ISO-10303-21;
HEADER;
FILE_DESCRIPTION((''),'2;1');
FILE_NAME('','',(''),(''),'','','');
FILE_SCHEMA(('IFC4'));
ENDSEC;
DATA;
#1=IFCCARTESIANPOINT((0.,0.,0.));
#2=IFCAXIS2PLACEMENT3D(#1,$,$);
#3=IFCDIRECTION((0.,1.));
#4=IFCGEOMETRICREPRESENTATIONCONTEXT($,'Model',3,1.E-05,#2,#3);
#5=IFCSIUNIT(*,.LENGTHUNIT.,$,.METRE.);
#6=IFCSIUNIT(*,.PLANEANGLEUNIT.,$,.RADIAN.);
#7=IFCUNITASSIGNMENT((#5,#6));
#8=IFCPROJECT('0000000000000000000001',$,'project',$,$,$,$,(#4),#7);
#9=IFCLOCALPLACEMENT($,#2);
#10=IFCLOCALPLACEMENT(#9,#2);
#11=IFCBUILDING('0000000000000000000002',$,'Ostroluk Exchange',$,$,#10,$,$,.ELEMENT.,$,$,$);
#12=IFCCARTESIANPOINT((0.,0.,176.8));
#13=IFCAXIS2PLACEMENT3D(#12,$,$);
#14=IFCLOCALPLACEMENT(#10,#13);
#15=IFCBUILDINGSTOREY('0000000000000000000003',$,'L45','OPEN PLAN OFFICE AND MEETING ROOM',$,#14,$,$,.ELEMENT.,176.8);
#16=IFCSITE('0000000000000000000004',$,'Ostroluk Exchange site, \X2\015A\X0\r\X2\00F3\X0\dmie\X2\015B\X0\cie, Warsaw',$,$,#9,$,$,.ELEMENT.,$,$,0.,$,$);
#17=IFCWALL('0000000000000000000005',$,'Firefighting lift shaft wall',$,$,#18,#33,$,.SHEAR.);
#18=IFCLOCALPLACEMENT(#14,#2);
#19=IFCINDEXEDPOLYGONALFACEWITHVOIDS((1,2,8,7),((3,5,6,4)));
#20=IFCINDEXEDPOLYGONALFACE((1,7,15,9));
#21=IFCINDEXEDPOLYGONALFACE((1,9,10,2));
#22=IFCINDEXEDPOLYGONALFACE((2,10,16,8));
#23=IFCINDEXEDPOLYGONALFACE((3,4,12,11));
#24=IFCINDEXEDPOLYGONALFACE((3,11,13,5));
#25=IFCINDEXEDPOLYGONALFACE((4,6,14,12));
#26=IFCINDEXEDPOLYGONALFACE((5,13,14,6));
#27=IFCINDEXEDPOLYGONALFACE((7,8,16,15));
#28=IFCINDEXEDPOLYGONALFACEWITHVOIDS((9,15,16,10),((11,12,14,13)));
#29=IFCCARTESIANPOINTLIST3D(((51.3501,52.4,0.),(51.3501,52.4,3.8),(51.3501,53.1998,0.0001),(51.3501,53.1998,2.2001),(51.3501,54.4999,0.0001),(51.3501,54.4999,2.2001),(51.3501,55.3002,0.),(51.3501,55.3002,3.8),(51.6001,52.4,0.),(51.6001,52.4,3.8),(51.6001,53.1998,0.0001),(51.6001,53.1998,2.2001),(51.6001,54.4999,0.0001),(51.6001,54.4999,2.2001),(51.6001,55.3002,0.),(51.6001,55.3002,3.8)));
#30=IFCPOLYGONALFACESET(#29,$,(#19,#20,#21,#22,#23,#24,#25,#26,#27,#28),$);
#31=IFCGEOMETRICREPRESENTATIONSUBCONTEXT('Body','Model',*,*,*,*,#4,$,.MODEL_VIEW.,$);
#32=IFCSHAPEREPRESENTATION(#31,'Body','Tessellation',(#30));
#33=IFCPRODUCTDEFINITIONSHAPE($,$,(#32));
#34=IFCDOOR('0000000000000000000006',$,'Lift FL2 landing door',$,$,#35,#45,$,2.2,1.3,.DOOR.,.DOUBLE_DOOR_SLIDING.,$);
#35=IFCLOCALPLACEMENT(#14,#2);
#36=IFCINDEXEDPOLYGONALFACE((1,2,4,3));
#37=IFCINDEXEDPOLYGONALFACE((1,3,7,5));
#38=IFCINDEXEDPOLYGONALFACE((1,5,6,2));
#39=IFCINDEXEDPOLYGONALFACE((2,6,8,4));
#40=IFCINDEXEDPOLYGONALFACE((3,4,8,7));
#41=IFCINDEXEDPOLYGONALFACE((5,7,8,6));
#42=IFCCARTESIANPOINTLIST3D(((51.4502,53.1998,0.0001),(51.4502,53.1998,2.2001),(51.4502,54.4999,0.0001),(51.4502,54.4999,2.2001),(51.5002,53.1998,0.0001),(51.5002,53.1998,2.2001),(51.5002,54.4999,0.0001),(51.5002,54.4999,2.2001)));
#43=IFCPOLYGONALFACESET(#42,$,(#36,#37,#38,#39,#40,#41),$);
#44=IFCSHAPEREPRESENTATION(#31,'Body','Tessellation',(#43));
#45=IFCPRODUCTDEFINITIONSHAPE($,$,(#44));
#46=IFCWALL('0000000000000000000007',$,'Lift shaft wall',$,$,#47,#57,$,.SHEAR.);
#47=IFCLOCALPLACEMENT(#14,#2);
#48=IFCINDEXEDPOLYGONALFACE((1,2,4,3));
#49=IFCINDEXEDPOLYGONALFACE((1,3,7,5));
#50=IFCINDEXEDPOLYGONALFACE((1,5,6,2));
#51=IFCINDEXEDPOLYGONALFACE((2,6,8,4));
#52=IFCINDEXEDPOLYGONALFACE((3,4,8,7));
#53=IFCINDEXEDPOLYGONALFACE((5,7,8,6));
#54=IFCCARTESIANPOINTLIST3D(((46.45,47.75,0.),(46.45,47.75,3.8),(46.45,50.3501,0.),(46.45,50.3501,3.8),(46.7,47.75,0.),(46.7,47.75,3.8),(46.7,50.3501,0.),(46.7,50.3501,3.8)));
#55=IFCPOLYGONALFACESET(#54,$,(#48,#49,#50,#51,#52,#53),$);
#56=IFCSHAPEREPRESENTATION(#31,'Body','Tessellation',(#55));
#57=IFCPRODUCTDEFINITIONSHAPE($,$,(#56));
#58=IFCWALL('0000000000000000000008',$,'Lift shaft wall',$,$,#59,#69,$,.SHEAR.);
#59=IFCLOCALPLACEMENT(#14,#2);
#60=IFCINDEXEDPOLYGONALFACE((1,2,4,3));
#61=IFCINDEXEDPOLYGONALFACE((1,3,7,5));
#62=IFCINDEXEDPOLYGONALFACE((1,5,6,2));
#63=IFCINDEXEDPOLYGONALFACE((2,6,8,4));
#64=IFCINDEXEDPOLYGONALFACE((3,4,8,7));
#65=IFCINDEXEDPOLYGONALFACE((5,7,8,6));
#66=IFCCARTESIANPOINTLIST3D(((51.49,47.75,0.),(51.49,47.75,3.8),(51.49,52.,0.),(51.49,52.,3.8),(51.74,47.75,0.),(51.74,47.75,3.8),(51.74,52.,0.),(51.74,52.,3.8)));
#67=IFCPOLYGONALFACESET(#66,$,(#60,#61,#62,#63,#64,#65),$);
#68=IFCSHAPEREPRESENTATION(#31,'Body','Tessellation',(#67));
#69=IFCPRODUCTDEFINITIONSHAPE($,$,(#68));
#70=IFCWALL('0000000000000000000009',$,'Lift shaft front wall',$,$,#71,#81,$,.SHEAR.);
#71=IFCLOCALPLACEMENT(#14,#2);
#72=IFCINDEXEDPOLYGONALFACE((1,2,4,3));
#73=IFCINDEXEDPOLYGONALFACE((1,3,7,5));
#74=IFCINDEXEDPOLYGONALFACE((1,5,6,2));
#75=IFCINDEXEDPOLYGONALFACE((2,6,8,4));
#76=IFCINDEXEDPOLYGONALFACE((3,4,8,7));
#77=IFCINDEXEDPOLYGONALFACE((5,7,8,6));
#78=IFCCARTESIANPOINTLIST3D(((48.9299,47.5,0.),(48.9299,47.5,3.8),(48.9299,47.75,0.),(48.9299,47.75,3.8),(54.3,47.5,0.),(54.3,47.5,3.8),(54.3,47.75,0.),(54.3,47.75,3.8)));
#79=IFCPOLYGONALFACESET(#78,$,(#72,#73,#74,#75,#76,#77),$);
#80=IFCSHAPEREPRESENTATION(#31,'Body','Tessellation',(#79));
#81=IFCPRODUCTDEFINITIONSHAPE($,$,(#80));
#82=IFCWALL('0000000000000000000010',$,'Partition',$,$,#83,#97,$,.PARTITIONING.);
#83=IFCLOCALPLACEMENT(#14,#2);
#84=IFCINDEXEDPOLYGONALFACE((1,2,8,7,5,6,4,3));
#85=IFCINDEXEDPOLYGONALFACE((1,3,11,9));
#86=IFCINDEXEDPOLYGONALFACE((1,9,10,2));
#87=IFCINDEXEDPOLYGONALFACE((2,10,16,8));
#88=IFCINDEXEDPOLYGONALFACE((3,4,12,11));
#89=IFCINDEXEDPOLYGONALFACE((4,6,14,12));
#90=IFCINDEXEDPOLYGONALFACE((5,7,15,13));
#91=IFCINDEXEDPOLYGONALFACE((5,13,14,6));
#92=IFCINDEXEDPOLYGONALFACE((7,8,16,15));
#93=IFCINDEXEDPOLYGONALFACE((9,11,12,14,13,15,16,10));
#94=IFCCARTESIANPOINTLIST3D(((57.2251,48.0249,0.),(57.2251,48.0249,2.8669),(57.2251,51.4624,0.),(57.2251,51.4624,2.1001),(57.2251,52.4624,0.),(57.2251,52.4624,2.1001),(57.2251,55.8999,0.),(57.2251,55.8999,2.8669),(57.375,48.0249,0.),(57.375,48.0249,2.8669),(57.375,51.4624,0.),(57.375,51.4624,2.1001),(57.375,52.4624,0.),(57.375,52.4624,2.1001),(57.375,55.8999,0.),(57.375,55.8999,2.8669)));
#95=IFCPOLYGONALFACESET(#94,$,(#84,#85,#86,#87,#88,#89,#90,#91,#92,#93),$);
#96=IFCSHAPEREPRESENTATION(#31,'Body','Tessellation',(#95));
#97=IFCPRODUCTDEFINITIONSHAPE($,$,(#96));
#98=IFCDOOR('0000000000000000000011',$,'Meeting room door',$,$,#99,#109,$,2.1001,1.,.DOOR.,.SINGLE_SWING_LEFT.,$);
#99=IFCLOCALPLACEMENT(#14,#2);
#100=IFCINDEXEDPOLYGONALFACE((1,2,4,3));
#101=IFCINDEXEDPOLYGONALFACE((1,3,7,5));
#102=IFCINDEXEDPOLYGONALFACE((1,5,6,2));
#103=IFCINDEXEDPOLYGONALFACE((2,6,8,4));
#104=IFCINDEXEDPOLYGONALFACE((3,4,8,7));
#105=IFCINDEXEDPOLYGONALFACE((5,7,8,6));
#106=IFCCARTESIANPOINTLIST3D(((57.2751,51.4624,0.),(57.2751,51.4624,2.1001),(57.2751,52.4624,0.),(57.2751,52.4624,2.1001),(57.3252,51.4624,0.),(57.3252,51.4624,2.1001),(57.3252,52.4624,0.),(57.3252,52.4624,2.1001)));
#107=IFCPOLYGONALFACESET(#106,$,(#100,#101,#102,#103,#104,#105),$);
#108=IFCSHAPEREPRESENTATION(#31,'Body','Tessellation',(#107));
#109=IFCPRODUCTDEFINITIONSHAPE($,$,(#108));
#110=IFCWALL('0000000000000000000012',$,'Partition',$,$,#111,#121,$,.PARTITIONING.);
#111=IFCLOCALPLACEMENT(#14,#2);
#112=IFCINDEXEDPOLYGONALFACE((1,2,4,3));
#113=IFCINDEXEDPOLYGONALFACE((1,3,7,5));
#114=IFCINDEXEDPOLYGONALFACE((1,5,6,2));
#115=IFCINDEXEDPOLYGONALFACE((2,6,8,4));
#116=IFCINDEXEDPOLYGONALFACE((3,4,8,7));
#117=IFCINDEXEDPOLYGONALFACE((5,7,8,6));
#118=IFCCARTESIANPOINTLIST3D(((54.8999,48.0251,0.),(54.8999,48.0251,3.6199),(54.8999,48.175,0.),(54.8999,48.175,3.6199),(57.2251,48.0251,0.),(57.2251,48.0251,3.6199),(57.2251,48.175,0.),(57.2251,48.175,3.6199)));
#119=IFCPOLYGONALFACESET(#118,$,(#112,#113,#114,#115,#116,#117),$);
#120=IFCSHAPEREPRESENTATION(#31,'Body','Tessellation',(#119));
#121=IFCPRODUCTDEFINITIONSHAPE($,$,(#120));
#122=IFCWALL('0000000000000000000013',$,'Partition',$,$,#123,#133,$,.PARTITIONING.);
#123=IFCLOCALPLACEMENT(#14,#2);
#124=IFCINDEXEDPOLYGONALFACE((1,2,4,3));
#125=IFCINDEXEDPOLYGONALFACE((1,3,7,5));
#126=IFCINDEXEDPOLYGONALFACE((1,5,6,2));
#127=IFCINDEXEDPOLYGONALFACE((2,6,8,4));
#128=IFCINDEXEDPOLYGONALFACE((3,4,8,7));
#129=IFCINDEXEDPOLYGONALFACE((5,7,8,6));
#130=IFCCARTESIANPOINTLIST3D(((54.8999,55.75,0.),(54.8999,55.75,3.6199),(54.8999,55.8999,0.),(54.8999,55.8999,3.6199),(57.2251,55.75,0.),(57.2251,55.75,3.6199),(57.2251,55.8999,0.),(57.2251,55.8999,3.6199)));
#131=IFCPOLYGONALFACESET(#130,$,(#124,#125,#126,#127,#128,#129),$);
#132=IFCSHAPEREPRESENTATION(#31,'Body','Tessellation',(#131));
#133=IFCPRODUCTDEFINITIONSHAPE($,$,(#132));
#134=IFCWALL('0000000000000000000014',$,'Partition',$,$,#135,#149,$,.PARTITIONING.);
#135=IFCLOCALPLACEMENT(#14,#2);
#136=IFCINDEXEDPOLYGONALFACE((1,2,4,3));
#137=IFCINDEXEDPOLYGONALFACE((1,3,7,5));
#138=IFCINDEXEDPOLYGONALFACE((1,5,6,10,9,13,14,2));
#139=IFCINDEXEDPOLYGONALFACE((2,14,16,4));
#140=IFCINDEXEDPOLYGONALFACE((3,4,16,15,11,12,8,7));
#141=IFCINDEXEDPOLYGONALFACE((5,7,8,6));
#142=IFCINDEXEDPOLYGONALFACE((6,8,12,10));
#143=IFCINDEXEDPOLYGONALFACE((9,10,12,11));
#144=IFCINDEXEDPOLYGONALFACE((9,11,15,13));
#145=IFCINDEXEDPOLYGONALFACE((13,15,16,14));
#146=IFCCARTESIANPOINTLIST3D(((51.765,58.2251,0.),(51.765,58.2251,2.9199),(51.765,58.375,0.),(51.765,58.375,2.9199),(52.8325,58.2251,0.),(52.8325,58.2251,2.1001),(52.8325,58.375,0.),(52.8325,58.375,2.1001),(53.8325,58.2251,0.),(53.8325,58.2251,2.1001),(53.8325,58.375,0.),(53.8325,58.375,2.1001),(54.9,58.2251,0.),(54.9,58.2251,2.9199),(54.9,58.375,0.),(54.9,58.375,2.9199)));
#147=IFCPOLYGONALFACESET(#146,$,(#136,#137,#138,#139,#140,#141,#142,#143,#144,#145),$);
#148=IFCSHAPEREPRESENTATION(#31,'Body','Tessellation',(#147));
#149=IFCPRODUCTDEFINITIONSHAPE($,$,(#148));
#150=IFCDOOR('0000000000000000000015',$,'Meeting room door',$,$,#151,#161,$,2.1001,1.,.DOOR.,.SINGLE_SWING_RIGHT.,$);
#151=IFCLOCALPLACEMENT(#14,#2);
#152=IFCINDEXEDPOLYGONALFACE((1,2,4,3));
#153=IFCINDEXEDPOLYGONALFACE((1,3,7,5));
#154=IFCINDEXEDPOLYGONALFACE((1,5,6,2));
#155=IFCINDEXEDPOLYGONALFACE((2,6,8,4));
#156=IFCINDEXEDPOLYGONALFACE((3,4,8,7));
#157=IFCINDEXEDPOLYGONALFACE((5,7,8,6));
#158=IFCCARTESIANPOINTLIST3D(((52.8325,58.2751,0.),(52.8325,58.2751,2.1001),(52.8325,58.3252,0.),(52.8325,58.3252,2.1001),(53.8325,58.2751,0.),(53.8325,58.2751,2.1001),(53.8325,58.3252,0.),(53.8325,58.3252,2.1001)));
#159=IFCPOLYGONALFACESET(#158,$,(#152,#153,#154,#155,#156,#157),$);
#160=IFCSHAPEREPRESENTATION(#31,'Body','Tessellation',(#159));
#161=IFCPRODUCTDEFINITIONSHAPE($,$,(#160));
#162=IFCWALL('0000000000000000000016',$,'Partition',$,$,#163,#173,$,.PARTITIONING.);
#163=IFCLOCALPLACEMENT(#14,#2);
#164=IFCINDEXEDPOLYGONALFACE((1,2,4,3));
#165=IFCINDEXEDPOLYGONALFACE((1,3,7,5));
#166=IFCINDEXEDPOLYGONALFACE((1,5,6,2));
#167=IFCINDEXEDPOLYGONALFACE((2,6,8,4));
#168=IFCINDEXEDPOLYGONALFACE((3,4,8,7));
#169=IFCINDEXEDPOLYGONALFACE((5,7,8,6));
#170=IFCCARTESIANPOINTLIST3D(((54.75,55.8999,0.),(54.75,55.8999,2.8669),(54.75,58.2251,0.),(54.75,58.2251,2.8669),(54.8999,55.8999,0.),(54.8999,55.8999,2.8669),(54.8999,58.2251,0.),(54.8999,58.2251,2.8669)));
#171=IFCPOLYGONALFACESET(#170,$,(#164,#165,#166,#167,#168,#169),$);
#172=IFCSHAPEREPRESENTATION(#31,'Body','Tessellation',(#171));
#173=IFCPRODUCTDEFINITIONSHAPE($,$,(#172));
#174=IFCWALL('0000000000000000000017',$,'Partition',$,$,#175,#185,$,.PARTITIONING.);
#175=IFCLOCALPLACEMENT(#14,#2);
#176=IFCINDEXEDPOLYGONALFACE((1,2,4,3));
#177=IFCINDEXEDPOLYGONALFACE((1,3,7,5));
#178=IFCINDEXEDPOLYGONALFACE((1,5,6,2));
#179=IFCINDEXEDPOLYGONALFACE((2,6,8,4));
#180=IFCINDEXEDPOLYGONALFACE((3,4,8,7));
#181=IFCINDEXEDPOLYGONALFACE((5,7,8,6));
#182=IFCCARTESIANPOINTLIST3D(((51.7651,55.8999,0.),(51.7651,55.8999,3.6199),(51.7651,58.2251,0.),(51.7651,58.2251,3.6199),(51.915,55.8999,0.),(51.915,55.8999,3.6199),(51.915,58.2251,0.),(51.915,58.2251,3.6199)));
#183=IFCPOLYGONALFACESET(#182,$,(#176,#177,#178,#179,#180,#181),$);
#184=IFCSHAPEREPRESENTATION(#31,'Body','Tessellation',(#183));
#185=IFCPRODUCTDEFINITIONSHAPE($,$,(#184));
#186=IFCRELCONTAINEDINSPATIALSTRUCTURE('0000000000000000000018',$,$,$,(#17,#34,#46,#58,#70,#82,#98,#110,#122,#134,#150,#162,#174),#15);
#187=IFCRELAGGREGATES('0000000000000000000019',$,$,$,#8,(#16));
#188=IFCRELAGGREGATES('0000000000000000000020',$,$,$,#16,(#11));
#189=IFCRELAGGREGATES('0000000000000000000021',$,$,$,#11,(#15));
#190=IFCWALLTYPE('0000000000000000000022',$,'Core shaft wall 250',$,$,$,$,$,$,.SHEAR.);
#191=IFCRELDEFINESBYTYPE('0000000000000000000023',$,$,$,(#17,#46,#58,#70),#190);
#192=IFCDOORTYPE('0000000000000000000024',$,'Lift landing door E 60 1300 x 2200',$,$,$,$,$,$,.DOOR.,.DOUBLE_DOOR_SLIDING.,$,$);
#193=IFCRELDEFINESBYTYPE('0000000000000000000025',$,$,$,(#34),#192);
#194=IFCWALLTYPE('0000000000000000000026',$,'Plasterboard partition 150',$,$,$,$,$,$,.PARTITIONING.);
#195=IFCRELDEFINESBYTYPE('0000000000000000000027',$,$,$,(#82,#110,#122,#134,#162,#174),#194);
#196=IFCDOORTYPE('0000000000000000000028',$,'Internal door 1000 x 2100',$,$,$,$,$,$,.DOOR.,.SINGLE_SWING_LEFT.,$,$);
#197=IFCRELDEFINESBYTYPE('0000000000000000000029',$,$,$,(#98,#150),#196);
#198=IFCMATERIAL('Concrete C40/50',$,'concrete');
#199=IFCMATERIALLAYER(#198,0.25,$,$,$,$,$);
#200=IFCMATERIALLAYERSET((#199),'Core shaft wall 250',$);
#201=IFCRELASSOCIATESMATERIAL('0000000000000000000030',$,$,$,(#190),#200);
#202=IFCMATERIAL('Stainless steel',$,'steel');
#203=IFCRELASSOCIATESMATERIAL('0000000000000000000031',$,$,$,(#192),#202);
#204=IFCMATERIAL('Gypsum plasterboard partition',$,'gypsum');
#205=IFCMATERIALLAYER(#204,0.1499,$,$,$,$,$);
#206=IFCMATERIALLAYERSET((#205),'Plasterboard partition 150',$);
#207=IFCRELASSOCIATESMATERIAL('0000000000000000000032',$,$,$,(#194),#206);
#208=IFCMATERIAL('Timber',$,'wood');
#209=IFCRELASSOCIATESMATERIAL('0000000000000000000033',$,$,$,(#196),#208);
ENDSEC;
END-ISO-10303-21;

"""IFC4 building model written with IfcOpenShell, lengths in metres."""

from ifc_helpers import new_model, si_unit, direction, frame, frame_2d, origin, place, context, subcontext, project, spatial, rectangle, extrude, material, layer, layer_set, type_object, element, fill, save


model = new_model("IFC4")

# Units and contexts
model_context = context("Model", 3, precision=1e-05, world=origin(), true_north=direction((0.0, 1.0)))
body_context = subcontext(model_context, "Body", "Model", "MODEL_VIEW")
ifc_project = project(units=[si_unit("LENGTHUNIT", "METRE"), si_unit("PLANEANGLEUNIT", "RADIAN")], contexts=[model_context])

# Site, building, storey
site_placement = place(None, origin())
site = spatial("IfcSite", under=ifc_project, at=site_placement, Name="Ostroluk Exchange site, Śródmieście, Warsaw", CompositionType="ELEMENT", RefElevation=0.0)
building_placement = place(site_placement, origin())
building = spatial("IfcBuilding", under=site, at=building_placement, Name="Ostroluk Exchange", CompositionType="ELEMENT")
storey_placement = place(building_placement, frame((0.0, 0.0, 176.8)))
storey = spatial("IfcBuildingStorey", under=building, at=storey_placement, Name="L45", Description="OPEN PLAN OFFICE AND MEETING ROOM", CompositionType="ELEMENT", Elevation=176.8)

# Wall, opening, door
ifc_material_1 = material(Name="Concrete C40/50", Category="concrete")
ifc_layer_1 = layer(ifc_material_1, 0.25)
ifc_layer_set_1 = layer_set([ifc_layer_1], Name="Core shaft wall 250")
wall_type_1 = type_object("IfcWallType", Name="Core shaft wall 250", PredefinedType="SHEAR", material=ifc_layer_set_1)
wall_1_placement = place(storey_placement, frame((51.4751, 52.3999, 0.0), z_axis=(0.0, 0.0, 1.0), x_axis=(0.0, 1.0, 0.0)))
wall_1 = element("IfcWall", 1, at=wall_1_placement, inside=storey, type_object=wall_type_1, Name="Firefighting lift shaft wall", PredefinedType="SHEAR", context=body_context, shape_type="SweptSolid", body=[
    extrude(rectangle(XDim=2.9001, YDim=0.25, at=frame_2d((1.4502, 0.0))), origin(), (0.0, 0.0, 1.0), 3.8),
])
opening_1_placement = place(wall_1_placement, frame((0.8, 0.0, 0.0)))
opening_1 = element("IfcOpeningElement", 2, at=opening_1_placement, cuts=wall_1, PredefinedType="OPENING", context=body_context, shape_type="SweptSolid", body=[
    extrude(rectangle(XDim=1.3, YDim=2.2, at=frame_2d((0.6499, 1.1001))), frame((0.0, 0.135, 0.0), z_axis=(0.0, -1.0, 0.0), x_axis=(1.0, 0.0, 0.0)), (0.0, 0.0, 1.0), 0.27),
])
ifc_material_2 = material(Name="Stainless steel", Category="steel")
door_type_1 = type_object("IfcDoorType", Name="Lift landing door E 60 1300 x 2200", OperationType="DOUBLE_DOOR_SLIDING", PredefinedType="DOOR", material=ifc_material_2)
door_1_placement = place(opening_1_placement, origin())
door_1 = element("IfcDoor", 3, at=door_1_placement, inside=storey, type_object=door_type_1, Name="Lift FL2 landing door", OperationType="DOUBLE_DOOR_SLIDING", OverallHeight=2.2, OverallWidth=1.3, PredefinedType="DOOR", context=body_context, shape_type="SweptSolid", body=[
    extrude(rectangle(XDim=1.3, YDim=2.2, at=frame_2d((0.6499, 1.1001))), frame((0.0, 0.0249, 0.0), z_axis=(0.0, -1.0, 0.0), x_axis=(1.0, 0.0, 0.0)), (0.0, 0.0, 1.0), 0.05),
])
fill(opening_1, door_1)

# Walls
wall_2_placement = place(storey_placement, frame((46.575, 47.75, 0.0), z_axis=(0.0, 0.0, 1.0), x_axis=(0.0, 1.0, 0.0)))
element("IfcWall", 4, at=wall_2_placement, inside=storey, type_object=wall_type_1, Name="Lift shaft wall", PredefinedType="SHEAR", context=body_context, shape_type="SweptSolid", body=[
    extrude(rectangle(XDim=2.6001, YDim=0.25, at=frame_2d((1.3, 0.0))), origin(), (0.0, 0.0, 1.0), 3.8),
])
wall_3_placement = place(storey_placement, frame((51.615, 47.75, 0.0), z_axis=(0.0, 0.0, 1.0), x_axis=(0.0, 1.0, 0.0)))
element("IfcWall", 5, at=wall_3_placement, inside=storey, type_object=wall_type_1, Name="Lift shaft wall", PredefinedType="SHEAR", context=body_context, shape_type="SweptSolid", body=[
    extrude(rectangle(XDim=4.25, YDim=0.25, at=frame_2d((2.125, 0.0))), origin(), (0.0, 0.0, 1.0), 3.8),
])
wall_4_placement = place(storey_placement, frame((48.9299, 47.625, 0.0), z_axis=(0.0, 0.0, 1.0), x_axis=(1.0, 0.0, 0.0)))
element("IfcWall", 6, at=wall_4_placement, inside=storey, type_object=wall_type_1, Name="Lift shaft front wall", PredefinedType="SHEAR", context=body_context, shape_type="SweptSolid", body=[
    extrude(rectangle(XDim=5.3701, YDim=0.25, at=frame_2d((2.6851, 0.0))), origin(), (0.0, 0.0, 1.0), 3.8),
])

# Wall, opening, door
ifc_material_3 = material(Name="Gypsum plasterboard partition", Category="gypsum")
ifc_layer_2 = layer(ifc_material_3, 0.1499)
ifc_layer_set_2 = layer_set([ifc_layer_2], Name="Plasterboard partition 150")
wall_type_2 = type_object("IfcWallType", Name="Plasterboard partition 150", PredefinedType="PARTITIONING", material=ifc_layer_set_2)
wall_5_placement = place(storey_placement, frame((57.3, 48.0249, 0.0), z_axis=(0.0, 0.0, 1.0), x_axis=(0.0, 1.0, 0.0)))
wall_5 = element("IfcWall", 7, at=wall_5_placement, inside=storey, type_object=wall_type_2, Name="Partition", PredefinedType="PARTITIONING", context=body_context, shape_type="SweptSolid", body=[
    extrude(rectangle(XDim=7.875, YDim=0.1499, at=frame_2d((3.9375, 0.0))), origin(), (0.0, 0.0, 1.0), 2.8669),
])
opening_2_placement = place(wall_5_placement, frame((3.4375, 0.0, 0.0)))
opening_2 = element("IfcOpeningElement", 8, at=opening_2_placement, cuts=wall_5, PredefinedType="OPENING", context=body_context, shape_type="SweptSolid", body=[
    extrude(rectangle(XDim=1.0, YDim=2.1001, at=frame_2d((0.5, 1.05))), frame((0.0, 0.085, 0.0), z_axis=(0.0, -1.0, 0.0), x_axis=(1.0, 0.0, 0.0)), (0.0, 0.0, 1.0), 0.1699),
])
ifc_material_4 = material(Name="Timber", Category="wood")
door_type_2 = type_object("IfcDoorType", Name="Internal door 1000 x 2100", OperationType="SINGLE_SWING_LEFT", PredefinedType="DOOR", material=ifc_material_4)
door_2_placement = place(opening_2_placement, origin())
door_2 = element("IfcDoor", 9, at=door_2_placement, inside=storey, type_object=door_type_2, Name="Meeting room door", OperationType="SINGLE_SWING_LEFT", OverallHeight=2.1001, OverallWidth=1.0, PredefinedType="DOOR", context=body_context, shape_type="SweptSolid", body=[
    extrude(rectangle(XDim=1.0, YDim=2.1001, at=frame_2d((0.5, 1.05))), frame((0.0, 0.0249, 0.0), z_axis=(0.0, -1.0, 0.0), x_axis=(1.0, 0.0, 0.0)), (0.0, 0.0, 1.0), 0.05),
])
fill(opening_2, door_2)

# Walls
for number, where, z_axis, x_axis, name in (
    (10, (54.8999, 48.1001, 0.0), (0.0, 0.0, 1.0), (1.0, 0.0, 0.0), "Partition"),
    (11, (54.8999, 55.825, 0.0), (0.0, 0.0, 1.0), (1.0, 0.0, 0.0), "Partition"),
):
    element("IfcWall", number, at=place(storey_placement, frame(where, z_axis=z_axis, x_axis=x_axis)), inside=storey, type_object=wall_type_2, Name=name, PredefinedType="PARTITIONING", context=body_context, shape_type="SweptSolid", body=[
        extrude(rectangle(XDim=2.3252, YDim=0.1499, at=frame_2d((1.1626, 0.0))), origin(), (0.0, 0.0, 1.0), 3.6199),
    ])

# Wall, opening, door
wall_6_placement = place(storey_placement, frame((54.8999, 58.3, 0.0), z_axis=(0.0, 0.0, 1.0), x_axis=(-1.0, 0.0, 0.0)))
wall_6 = element("IfcWall", 12, at=wall_6_placement, inside=storey, type_object=wall_type_2, Name="Partition", PredefinedType="PARTITIONING", context=body_context, shape_type="SweptSolid", body=[
    extrude(rectangle(XDim=3.135, YDim=0.1499, at=frame_2d((1.5674, 0.0))), origin(), (0.0, 0.0, 1.0), 2.9199),
])
opening_3_placement = place(wall_6_placement, frame((1.0674, 0.0, 0.0)))
opening_3 = element("IfcOpeningElement", 13, at=opening_3_placement, cuts=wall_6, PredefinedType="OPENING", context=body_context, shape_type="SweptSolid", body=[
    extrude(rectangle(XDim=1.0, YDim=2.1001, at=frame_2d((0.5, 1.05))), frame((0.0, 0.085, 0.0), z_axis=(0.0, -1.0, 0.0), x_axis=(1.0, 0.0, 0.0)), (0.0, 0.0, 1.0), 0.1699),
])
door_3_placement = place(opening_3_placement, origin())
door_3 = element("IfcDoor", 14, at=door_3_placement, inside=storey, type_object=door_type_2, Name="Meeting room door", OperationType="SINGLE_SWING_RIGHT", OverallHeight=2.1001, OverallWidth=1.0, PredefinedType="DOOR", context=body_context, shape_type="SweptSolid", body=[
    extrude(rectangle(XDim=1.0, YDim=2.1001, at=frame_2d((0.5, 1.05))), frame((0.0, 0.0249, 0.0), z_axis=(0.0, -1.0, 0.0), x_axis=(1.0, 0.0, 0.0)), (0.0, 0.0, 1.0), 0.05),
])
fill(opening_3, door_3)

# Walls
wall_7_placement = place(storey_placement, frame((54.825, 55.8999, 0.0), z_axis=(0.0, 0.0, 1.0), x_axis=(0.0, 1.0, 0.0)))
element("IfcWall", 15, at=wall_7_placement, inside=storey, type_object=wall_type_2, Name="Partition", PredefinedType="PARTITIONING", context=body_context, shape_type="SweptSolid", body=[
    extrude(rectangle(XDim=2.3252, YDim=0.1499, at=frame_2d((1.1626, 0.0))), origin(), (0.0, 0.0, 1.0), 2.8669),
])
wall_8_placement = place(storey_placement, frame((51.8401, 55.8999, 0.0), z_axis=(0.0, 0.0, 1.0), x_axis=(0.0, 1.0, 0.0)))
element("IfcWall", 16, at=wall_8_placement, inside=storey, type_object=wall_type_2, Name="Partition", PredefinedType="PARTITIONING", context=body_context, shape_type="SweptSolid", body=[
    extrude(rectangle(XDim=2.3252, YDim=0.1499, at=frame_2d((1.1626, 0.0))), origin(), (0.0, 0.0, 1.0), 3.6199),
])

save(model, "model.ifc")
